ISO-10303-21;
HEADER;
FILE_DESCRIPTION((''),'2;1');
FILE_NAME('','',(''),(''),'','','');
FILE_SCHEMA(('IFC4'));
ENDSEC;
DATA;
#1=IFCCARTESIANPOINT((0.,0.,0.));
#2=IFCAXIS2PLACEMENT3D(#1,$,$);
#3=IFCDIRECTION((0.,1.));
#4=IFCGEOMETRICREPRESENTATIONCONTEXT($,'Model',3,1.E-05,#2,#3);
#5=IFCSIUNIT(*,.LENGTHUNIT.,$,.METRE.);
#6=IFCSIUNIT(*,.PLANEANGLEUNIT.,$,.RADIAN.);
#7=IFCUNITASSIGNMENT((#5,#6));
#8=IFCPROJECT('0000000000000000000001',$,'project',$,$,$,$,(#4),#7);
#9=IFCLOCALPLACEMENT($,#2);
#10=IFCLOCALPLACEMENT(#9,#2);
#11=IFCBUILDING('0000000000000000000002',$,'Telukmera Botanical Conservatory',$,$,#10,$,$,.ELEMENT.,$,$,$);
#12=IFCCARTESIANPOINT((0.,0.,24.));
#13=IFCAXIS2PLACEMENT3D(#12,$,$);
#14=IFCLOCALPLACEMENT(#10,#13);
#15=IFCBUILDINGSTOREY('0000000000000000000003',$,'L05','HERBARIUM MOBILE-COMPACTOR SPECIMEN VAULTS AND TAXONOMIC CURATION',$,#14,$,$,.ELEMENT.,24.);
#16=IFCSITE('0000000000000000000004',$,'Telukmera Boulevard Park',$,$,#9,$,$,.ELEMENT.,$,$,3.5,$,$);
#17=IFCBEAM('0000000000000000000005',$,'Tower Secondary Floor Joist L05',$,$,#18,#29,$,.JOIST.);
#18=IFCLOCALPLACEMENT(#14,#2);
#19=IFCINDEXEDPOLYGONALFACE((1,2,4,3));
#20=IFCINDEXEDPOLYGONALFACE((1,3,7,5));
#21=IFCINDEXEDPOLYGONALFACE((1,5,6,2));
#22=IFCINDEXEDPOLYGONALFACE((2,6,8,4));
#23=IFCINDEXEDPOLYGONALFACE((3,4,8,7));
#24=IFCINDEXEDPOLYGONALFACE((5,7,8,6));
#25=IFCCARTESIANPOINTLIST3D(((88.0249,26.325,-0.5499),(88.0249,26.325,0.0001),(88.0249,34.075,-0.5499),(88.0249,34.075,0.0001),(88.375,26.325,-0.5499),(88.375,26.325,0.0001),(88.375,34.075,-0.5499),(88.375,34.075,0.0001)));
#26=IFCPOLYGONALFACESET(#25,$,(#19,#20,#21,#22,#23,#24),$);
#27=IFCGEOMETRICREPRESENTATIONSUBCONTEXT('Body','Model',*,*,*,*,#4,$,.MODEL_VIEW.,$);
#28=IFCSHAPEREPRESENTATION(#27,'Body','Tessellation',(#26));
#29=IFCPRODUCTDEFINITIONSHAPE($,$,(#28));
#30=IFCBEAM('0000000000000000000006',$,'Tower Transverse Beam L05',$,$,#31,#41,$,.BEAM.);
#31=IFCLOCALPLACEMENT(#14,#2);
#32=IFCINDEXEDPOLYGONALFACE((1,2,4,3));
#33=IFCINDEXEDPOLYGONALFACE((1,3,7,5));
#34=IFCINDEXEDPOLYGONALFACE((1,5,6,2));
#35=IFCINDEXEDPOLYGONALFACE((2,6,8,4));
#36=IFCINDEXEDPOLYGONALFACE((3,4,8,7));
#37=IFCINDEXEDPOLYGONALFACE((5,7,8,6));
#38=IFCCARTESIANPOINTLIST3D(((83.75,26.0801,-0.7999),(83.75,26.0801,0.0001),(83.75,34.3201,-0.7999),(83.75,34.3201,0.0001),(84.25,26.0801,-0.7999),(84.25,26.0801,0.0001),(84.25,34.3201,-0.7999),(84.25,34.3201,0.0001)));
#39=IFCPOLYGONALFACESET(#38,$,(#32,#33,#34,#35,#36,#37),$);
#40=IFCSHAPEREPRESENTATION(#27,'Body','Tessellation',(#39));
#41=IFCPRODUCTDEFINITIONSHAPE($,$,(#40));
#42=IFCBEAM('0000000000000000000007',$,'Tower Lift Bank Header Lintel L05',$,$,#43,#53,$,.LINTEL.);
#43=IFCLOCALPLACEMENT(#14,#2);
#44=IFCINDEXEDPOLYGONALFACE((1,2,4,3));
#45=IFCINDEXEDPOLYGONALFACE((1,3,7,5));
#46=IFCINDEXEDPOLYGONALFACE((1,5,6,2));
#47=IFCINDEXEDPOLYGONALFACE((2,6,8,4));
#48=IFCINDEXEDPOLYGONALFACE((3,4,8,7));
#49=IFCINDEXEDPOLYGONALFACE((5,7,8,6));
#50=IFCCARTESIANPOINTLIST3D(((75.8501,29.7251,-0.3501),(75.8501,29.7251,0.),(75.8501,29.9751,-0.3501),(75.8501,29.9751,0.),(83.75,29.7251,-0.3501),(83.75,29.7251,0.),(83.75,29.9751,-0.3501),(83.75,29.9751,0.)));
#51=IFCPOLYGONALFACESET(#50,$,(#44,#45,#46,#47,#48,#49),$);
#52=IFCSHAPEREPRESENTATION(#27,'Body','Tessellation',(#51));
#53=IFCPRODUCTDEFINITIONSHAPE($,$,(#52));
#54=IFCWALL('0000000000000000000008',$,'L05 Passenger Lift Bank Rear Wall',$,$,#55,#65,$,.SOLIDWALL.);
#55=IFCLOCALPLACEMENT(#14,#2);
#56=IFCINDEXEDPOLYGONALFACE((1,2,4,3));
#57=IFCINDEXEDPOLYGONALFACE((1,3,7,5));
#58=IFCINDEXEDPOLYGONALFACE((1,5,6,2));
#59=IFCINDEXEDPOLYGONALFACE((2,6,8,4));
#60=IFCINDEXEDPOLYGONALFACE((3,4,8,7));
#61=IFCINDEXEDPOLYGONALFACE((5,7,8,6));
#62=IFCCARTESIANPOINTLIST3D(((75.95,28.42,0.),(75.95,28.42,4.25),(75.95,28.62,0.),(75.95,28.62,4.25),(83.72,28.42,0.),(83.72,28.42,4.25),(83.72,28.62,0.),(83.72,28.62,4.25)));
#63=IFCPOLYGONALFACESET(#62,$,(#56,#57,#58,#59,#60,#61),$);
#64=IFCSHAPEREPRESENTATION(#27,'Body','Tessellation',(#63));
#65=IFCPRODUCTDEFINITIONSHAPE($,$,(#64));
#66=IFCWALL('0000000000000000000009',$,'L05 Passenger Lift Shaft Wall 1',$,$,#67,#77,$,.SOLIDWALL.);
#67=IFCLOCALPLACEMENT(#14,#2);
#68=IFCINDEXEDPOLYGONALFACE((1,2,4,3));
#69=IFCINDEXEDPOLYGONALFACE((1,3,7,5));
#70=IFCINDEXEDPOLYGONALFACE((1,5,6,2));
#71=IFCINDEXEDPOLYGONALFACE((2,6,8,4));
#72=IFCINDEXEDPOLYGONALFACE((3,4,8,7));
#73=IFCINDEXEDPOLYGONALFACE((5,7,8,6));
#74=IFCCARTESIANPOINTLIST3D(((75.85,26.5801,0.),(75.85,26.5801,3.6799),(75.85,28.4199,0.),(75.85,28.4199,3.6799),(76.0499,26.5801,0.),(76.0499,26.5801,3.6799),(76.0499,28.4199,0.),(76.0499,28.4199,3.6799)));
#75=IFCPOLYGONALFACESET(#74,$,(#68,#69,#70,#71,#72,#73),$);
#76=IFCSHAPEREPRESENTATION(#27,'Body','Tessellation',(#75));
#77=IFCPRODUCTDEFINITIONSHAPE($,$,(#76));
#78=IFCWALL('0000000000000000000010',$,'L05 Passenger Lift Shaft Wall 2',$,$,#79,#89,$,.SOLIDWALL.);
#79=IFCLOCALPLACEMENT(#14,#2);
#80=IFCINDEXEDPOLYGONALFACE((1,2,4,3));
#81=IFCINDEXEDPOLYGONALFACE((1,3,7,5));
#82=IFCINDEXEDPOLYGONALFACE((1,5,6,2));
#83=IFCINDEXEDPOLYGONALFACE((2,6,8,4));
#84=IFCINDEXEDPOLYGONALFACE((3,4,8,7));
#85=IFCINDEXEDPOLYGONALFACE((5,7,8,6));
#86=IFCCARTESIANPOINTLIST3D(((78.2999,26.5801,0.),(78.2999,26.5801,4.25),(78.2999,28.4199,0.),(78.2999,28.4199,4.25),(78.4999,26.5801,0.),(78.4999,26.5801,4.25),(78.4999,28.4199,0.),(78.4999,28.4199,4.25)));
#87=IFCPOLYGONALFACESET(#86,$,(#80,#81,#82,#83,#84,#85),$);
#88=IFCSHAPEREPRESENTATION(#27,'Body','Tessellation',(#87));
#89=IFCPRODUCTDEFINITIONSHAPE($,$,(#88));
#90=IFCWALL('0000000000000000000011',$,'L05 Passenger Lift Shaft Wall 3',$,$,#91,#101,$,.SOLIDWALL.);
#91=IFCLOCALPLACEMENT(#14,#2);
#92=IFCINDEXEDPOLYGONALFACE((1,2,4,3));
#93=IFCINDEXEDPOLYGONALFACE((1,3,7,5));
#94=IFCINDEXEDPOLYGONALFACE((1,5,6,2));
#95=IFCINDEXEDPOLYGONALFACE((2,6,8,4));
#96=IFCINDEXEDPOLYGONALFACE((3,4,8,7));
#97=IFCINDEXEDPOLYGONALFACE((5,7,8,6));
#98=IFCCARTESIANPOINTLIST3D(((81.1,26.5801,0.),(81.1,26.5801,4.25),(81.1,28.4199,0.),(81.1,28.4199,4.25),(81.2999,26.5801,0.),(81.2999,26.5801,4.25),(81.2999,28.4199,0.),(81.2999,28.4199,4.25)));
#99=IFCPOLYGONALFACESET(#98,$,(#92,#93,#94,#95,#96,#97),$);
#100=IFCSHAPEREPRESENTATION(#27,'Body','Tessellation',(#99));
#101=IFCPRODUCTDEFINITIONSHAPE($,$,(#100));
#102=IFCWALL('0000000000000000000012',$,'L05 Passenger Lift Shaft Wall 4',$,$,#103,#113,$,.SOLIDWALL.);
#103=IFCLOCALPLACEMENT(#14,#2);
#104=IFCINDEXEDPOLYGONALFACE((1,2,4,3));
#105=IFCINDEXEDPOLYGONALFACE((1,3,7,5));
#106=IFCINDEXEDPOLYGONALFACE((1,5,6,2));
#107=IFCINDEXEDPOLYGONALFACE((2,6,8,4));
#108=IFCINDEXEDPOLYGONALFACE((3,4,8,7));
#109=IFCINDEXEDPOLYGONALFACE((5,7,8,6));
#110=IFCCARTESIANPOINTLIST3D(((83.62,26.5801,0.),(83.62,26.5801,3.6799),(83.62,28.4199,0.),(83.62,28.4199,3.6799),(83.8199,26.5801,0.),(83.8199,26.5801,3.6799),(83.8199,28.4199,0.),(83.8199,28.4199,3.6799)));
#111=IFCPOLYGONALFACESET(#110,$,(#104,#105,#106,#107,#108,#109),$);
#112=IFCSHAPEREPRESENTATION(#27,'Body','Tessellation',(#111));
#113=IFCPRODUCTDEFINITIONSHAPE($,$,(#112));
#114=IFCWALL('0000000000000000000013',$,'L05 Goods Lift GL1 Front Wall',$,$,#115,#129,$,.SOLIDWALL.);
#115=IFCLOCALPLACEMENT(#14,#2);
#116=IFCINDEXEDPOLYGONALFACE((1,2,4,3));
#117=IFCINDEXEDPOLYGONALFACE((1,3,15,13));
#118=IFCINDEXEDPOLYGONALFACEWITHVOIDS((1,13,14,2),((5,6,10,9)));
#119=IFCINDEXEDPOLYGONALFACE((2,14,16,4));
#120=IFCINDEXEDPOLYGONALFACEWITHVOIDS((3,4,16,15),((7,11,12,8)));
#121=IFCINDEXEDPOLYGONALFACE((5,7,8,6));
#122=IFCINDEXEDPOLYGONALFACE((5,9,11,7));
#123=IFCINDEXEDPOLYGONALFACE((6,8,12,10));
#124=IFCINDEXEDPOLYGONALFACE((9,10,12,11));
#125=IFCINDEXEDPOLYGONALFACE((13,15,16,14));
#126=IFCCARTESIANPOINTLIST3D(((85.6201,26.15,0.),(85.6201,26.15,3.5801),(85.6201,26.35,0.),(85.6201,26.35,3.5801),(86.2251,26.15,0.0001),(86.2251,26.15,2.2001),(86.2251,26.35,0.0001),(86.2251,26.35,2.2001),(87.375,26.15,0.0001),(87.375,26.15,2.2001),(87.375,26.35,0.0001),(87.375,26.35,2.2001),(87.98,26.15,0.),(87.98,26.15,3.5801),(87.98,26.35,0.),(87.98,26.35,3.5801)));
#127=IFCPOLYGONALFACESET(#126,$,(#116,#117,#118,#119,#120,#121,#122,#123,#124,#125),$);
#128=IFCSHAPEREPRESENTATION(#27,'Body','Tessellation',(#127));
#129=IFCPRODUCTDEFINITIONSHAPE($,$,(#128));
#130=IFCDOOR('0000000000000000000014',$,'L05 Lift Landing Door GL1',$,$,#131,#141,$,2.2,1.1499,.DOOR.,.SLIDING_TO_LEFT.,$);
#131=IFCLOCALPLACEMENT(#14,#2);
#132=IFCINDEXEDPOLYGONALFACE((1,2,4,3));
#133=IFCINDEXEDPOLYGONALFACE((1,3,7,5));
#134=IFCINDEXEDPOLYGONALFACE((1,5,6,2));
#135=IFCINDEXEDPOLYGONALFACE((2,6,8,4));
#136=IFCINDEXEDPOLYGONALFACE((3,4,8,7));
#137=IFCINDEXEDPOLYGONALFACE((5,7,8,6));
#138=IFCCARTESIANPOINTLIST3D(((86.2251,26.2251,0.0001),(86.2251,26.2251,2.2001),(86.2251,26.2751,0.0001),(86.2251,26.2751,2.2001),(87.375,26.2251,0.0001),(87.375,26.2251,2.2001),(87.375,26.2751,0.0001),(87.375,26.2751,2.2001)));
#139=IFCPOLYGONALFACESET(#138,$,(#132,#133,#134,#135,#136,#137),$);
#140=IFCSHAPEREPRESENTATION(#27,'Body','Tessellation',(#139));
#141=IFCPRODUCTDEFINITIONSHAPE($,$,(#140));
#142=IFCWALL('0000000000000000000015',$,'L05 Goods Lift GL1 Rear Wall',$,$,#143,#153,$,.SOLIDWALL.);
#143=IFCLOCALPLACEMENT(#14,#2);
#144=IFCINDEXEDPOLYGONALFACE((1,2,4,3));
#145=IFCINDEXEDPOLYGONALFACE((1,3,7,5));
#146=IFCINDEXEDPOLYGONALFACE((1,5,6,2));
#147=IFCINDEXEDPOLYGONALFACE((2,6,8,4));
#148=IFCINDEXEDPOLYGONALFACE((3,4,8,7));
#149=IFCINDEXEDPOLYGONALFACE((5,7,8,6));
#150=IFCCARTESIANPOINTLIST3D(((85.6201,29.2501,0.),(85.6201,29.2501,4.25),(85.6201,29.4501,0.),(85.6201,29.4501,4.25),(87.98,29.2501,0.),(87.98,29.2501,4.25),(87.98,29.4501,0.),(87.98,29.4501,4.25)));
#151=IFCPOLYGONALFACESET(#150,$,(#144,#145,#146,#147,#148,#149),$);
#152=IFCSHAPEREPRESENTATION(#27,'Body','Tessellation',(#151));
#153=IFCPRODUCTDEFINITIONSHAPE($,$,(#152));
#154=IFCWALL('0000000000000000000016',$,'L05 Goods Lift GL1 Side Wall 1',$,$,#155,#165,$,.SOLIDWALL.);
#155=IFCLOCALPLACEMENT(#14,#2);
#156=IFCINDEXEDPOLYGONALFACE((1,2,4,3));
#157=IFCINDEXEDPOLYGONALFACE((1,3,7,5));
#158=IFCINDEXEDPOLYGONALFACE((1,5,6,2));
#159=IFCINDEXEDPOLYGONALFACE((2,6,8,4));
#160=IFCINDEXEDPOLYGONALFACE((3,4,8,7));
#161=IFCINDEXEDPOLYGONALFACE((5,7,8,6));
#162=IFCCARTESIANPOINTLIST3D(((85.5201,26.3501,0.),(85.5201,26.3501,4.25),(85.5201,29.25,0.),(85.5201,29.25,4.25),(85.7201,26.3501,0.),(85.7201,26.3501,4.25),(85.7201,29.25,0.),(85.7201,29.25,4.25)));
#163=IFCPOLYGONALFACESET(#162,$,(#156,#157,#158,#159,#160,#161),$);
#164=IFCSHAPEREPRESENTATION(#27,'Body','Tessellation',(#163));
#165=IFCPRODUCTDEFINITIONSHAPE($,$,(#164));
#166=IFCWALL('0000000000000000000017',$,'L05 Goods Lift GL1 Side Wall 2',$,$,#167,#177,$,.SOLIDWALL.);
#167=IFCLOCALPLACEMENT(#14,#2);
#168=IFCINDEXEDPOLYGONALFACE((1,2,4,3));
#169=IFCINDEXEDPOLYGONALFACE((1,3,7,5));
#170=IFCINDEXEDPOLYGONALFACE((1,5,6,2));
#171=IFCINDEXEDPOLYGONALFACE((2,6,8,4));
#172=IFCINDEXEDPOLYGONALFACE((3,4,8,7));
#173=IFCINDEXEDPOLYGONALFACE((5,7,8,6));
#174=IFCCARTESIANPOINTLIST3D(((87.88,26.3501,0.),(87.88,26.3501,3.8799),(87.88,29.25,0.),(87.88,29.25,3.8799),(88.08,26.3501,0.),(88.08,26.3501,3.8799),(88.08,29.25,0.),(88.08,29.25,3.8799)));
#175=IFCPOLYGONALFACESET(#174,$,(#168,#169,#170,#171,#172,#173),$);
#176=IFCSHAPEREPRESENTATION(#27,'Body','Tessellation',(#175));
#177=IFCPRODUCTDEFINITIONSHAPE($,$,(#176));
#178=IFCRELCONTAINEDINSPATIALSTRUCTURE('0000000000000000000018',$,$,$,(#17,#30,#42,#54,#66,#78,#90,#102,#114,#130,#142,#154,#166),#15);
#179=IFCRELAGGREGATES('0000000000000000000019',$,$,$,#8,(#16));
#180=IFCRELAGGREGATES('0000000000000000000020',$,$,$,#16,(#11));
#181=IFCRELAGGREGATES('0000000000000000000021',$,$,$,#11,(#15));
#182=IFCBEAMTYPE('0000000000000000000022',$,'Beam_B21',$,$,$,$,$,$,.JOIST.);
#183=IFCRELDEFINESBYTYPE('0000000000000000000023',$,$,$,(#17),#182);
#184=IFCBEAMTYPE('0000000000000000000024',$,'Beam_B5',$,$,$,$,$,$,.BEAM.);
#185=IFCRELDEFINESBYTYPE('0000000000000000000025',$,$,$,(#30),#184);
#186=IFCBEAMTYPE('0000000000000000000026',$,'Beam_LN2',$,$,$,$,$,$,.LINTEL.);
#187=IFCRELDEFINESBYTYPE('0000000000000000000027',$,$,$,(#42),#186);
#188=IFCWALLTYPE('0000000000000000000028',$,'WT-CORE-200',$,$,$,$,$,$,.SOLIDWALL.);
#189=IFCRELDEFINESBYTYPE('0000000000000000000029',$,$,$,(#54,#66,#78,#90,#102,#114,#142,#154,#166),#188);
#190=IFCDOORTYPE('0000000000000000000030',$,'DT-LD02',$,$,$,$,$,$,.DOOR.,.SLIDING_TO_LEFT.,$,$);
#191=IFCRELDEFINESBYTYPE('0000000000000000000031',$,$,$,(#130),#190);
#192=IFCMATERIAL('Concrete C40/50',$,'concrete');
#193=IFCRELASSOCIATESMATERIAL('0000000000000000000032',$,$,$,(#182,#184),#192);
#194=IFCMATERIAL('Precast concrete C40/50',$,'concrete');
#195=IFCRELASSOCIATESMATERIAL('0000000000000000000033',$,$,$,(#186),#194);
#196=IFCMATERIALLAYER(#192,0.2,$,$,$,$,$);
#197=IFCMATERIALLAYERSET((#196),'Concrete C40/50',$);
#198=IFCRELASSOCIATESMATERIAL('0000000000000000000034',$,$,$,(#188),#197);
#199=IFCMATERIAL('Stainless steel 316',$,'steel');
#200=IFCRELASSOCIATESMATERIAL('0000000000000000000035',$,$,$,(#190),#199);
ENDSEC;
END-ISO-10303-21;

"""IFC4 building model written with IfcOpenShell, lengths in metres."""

from ifc_helpers import new_model, si_unit, direction, frame, frame_2d, origin, origin_2d, place, context, subcontext, project, spatial, rectangle, extrude, material, layer, layer_set, material_profile, profile_set, type_object, element, fill, save


model = new_model("IFC4")

# Units and contexts
model_context = context("Model", 3, precision=1e-05, world=origin(), true_north=direction((0.0, 1.0)))
body_context = subcontext(model_context, "Body", "Model", "MODEL_VIEW")
ifc_project = project(units=[si_unit("LENGTHUNIT", "METRE"), si_unit("PLANEANGLEUNIT", "RADIAN")], contexts=[model_context])

# Site, building, storey
site_placement = place(None, origin())
site = spatial("IfcSite", under=ifc_project, at=site_placement, Name="Telukmera Boulevard Park", CompositionType="ELEMENT", RefElevation=3.5)
building_placement = place(site_placement, origin())
building = spatial("IfcBuilding", under=site, at=building_placement, Name="Telukmera Botanical Conservatory", CompositionType="ELEMENT")
storey_placement = place(building_placement, frame((0.0, 0.0, 24.0)))
storey = spatial("IfcBuildingStorey", under=building, at=storey_placement, Name="L05", Description="HERBARIUM MOBILE-COMPACTOR SPECIMEN VAULTS AND TAXONOMIC CURATION", CompositionType="ELEMENT", Elevation=24.0)

# Beams
ifc_material_1 = material(Name="Concrete C40/50", Category="concrete")
ifc_material_profile_1 = material_profile(ifc_material_1, rectangle(XDim=0.3501, YDim=0.55, at=origin_2d()), Name="RC 350x550")
ifc_profile_set_1 = profile_set([ifc_material_profile_1], Name="Concrete C40/50")
beam_type_1 = type_object("IfcBeamType", Name="Beam_B21", PredefinedType="JOIST", material=ifc_profile_set_1)
beam_1_placement = place(storey_placement, frame((88.2, 26.325, -0.2749), z_axis=(0.0, 1.0, 0.0), x_axis=(-1.0, 0.0, 0.0)))
element("IfcBeam", 1, at=beam_1_placement, inside=storey, type_object=beam_type_1, Name="Tower Secondary Floor Joist L05", PredefinedType="JOIST", context=body_context, shape_type="SweptSolid", body=[
    extrude(rectangle(XDim=0.3501, YDim=0.55, at=origin_2d()), origin(), (0.0, 0.0, 1.0), 7.75),
])
ifc_material_profile_2 = material_profile(ifc_material_1, rectangle(XDim=0.5, YDim=0.8, at=origin_2d()), Name="RC 500x800")
ifc_profile_set_2 = profile_set([ifc_material_profile_2], Name="Concrete C40/50")
beam_type_2 = type_object("IfcBeamType", Name="Beam_B5", PredefinedType="BEAM", material=ifc_profile_set_2)
beam_2_placement = place(storey_placement, frame((84.0, 26.0801, -0.3999), z_axis=(0.0, 1.0, 0.0), x_axis=(-1.0, 0.0, 0.0)))
element("IfcBeam", 2, at=beam_2_placement, inside=storey, type_object=beam_type_2, Name="Tower Transverse Beam L05", PredefinedType="BEAM", context=body_context, shape_type="SweptSolid", body=[
    extrude(rectangle(XDim=0.5, YDim=0.8, at=origin_2d()), origin(), (0.0, 0.0, 1.0), 8.24),
])
ifc_material_2 = material(Name="Precast concrete C40/50", Category="concrete")
ifc_material_profile_3 = material_profile(ifc_material_2, rectangle(XDim=0.25, YDim=0.3501, at=origin_2d()), Name="PC 250x350")
ifc_profile_set_3 = profile_set([ifc_material_profile_3], Name="Precast concrete C40/50")
beam_type_3 = type_object("IfcBeamType", Name="Beam_LN2", PredefinedType="LINTEL", material=ifc_profile_set_3)
beam_3_placement = place(storey_placement, frame((75.8501, 29.8501, -0.175), z_axis=(1.0, 0.0, 0.0), x_axis=(0.0, 1.0, 0.0)))
element("IfcBeam", 3, at=beam_3_placement, inside=storey, type_object=beam_type_3, Name="Tower Lift Bank Header Lintel L05", PredefinedType="LINTEL", context=body_context, shape_type="SweptSolid", body=[
    extrude(rectangle(XDim=0.25, YDim=0.3501, at=origin_2d()), origin(), (0.0, 0.0, 1.0), 7.8999),
])

# Shared definitions
ifc_layer_1 = layer(ifc_material_1, 0.2)
ifc_layer_set_1 = layer_set([ifc_layer_1], Name="Concrete C40/50")
wall_type_1 = type_object("IfcWallType", Name="WT-CORE-200", PredefinedType="SOLIDWALL", material=ifc_layer_set_1)
ifc_material_3 = material(Name="Stainless steel 316", Category="steel")

# Walls
wall_1_placement = place(storey_placement, frame((75.95, 28.52, 0.0), z_axis=(0.0, 0.0, 1.0), x_axis=(1.0, 0.0, 0.0)))
element("IfcWall", 4, at=wall_1_placement, inside=storey, type_object=wall_type_1, Name="L05 Passenger Lift Bank Rear Wall", PredefinedType="SOLIDWALL", context=body_context, shape_type="SweptSolid", body=[
    extrude(rectangle(XDim=7.77, YDim=0.2, at=frame_2d((3.885, 0.0))), origin(), (0.0, 0.0, 1.0), 4.25),
])
wall_2_placement = place(storey_placement, frame((75.95, 26.5801, 0.0), z_axis=(0.0, 0.0, 1.0), x_axis=(0.0, 1.0, 0.0)))
element("IfcWall", 5, at=wall_2_placement, inside=storey, type_object=wall_type_1, Name="L05 Passenger Lift Shaft Wall 1", PredefinedType="SOLIDWALL", context=body_context, shape_type="SweptSolid", body=[
    extrude(rectangle(XDim=1.8398, YDim=0.2, at=frame_2d((0.9199, 0.0))), origin(), (0.0, 0.0, 1.0), 3.6799),
])
for number, where, z_axis, x_axis, name in (
    (6, (78.3999, 26.5801, 0.0), (0.0, 0.0, 1.0), (0.0, 1.0, 0.0), "L05 Passenger Lift Shaft Wall 2"),
    (7, (81.2, 26.5801, 0.0), (0.0, 0.0, 1.0), (0.0, 1.0, 0.0), "L05 Passenger Lift Shaft Wall 3"),
):
    element("IfcWall", number, at=place(storey_placement, frame(where, z_axis=z_axis, x_axis=x_axis)), inside=storey, type_object=wall_type_1, Name=name, PredefinedType="SOLIDWALL", context=body_context, shape_type="SweptSolid", body=[
        extrude(rectangle(XDim=1.8398, YDim=0.2, at=frame_2d((0.9199, 0.0))), origin(), (0.0, 0.0, 1.0), 4.25),
    ])
wall_3_placement = place(storey_placement, frame((83.72, 26.5801, 0.0), z_axis=(0.0, 0.0, 1.0), x_axis=(0.0, 1.0, 0.0)))
element("IfcWall", 8, at=wall_3_placement, inside=storey, type_object=wall_type_1, Name="L05 Passenger Lift Shaft Wall 4", PredefinedType="SOLIDWALL", context=body_context, shape_type="SweptSolid", body=[
    extrude(rectangle(XDim=1.8398, YDim=0.2, at=frame_2d((0.9199, 0.0))), origin(), (0.0, 0.0, 1.0), 3.6799),
])

# Wall, opening, door
wall_4_placement = place(storey_placement, frame((85.6201, 26.25, 0.0), z_axis=(0.0, 0.0, 1.0), x_axis=(1.0, 0.0, 0.0)))
wall_4 = element("IfcWall", 9, at=wall_4_placement, inside=storey, type_object=wall_type_1, Name="L05 Goods Lift GL1 Front Wall", PredefinedType="SOLIDWALL", context=body_context, shape_type="SweptSolid", body=[
    extrude(rectangle(XDim=2.3599, YDim=0.2, at=frame_2d((1.1799, 0.0))), origin(), (0.0, 0.0, 1.0), 3.5801),
])
opening_1_placement = place(wall_4_placement, frame((0.605, 0.0, 0.0)))
opening_1 = element("IfcOpeningElement", 10, at=opening_1_placement, cuts=wall_4, PredefinedType="OPENING", context=body_context, shape_type="SweptSolid", body=[
    extrude(rectangle(XDim=1.1499, YDim=2.2, at=frame_2d((0.575, 1.1001))), frame((0.0, 0.1099, 0.0), z_axis=(0.0, -1.0, 0.0), x_axis=(1.0, 0.0, 0.0)), (0.0, 0.0, 1.0), 0.22),
])
door_type_1 = type_object("IfcDoorType", Name="DT-LD02", OperationType="SLIDING_TO_LEFT", PredefinedType="DOOR", material=ifc_material_3)
door_1_placement = place(opening_1_placement, frame((1.1499, 0.0, 0.0), z_axis=(0.0, 0.0, 1.0), x_axis=(-1.0, 0.0, 0.0)))
door_1 = element("IfcDoor", 11, at=door_1_placement, inside=storey, type_object=door_type_1, Name="L05 Lift Landing Door GL1", OperationType="SLIDING_TO_LEFT", OverallHeight=2.2, OverallWidth=1.1499, PredefinedType="DOOR", context=body_context, shape_type="SweptSolid", body=[
    extrude(rectangle(XDim=1.1499, YDim=2.2, at=frame_2d((0.575, 1.1001))), frame((0.0, 0.0249, 0.0), z_axis=(0.0, -1.0, 0.0), x_axis=(1.0, 0.0, 0.0)), (0.0, 0.0, 1.0), 0.05),
])
fill(opening_1, door_1)

# Walls
wall_5_placement = place(storey_placement, frame((85.6201, 29.3501, 0.0), z_axis=(0.0, 0.0, 1.0), x_axis=(1.0, 0.0, 0.0)))
element("IfcWall", 12, at=wall_5_placement, inside=storey, type_object=wall_type_1, Name="L05 Goods Lift GL1 Rear Wall", PredefinedType="SOLIDWALL", context=body_context, shape_type="SweptSolid", body=[
    extrude(rectangle(XDim=2.3599, YDim=0.2, at=frame_2d((1.1799, 0.0))), origin(), (0.0, 0.0, 1.0), 4.25),
])
wall_6_placement = place(storey_placement, frame((85.6201, 26.3501, 0.0), z_axis=(0.0, 0.0, 1.0), x_axis=(0.0, 1.0, 0.0)))
element("IfcWall", 13, at=wall_6_placement, inside=storey, type_object=wall_type_1, Name="L05 Goods Lift GL1 Side Wall 1", PredefinedType="SOLIDWALL", context=body_context, shape_type="SweptSolid", body=[
    extrude(rectangle(XDim=2.8999, YDim=0.2, at=frame_2d((1.45, 0.0))), origin(), (0.0, 0.0, 1.0), 4.25),
])
wall_7_placement = place(storey_placement, frame((87.98, 26.3501, 0.0), z_axis=(0.0, 0.0, 1.0), x_axis=(0.0, 1.0, 0.0)))
element("IfcWall", 14, at=wall_7_placement, inside=storey, type_object=wall_type_1, Name="L05 Goods Lift GL1 Side Wall 2", PredefinedType="SOLIDWALL", context=body_context, shape_type="SweptSolid", body=[
    extrude(rectangle(XDim=2.8999, YDim=0.2, at=frame_2d((1.45, 0.0))), origin(), (0.0, 0.0, 1.0), 3.8799),
])

save(model, "model.ifc")
